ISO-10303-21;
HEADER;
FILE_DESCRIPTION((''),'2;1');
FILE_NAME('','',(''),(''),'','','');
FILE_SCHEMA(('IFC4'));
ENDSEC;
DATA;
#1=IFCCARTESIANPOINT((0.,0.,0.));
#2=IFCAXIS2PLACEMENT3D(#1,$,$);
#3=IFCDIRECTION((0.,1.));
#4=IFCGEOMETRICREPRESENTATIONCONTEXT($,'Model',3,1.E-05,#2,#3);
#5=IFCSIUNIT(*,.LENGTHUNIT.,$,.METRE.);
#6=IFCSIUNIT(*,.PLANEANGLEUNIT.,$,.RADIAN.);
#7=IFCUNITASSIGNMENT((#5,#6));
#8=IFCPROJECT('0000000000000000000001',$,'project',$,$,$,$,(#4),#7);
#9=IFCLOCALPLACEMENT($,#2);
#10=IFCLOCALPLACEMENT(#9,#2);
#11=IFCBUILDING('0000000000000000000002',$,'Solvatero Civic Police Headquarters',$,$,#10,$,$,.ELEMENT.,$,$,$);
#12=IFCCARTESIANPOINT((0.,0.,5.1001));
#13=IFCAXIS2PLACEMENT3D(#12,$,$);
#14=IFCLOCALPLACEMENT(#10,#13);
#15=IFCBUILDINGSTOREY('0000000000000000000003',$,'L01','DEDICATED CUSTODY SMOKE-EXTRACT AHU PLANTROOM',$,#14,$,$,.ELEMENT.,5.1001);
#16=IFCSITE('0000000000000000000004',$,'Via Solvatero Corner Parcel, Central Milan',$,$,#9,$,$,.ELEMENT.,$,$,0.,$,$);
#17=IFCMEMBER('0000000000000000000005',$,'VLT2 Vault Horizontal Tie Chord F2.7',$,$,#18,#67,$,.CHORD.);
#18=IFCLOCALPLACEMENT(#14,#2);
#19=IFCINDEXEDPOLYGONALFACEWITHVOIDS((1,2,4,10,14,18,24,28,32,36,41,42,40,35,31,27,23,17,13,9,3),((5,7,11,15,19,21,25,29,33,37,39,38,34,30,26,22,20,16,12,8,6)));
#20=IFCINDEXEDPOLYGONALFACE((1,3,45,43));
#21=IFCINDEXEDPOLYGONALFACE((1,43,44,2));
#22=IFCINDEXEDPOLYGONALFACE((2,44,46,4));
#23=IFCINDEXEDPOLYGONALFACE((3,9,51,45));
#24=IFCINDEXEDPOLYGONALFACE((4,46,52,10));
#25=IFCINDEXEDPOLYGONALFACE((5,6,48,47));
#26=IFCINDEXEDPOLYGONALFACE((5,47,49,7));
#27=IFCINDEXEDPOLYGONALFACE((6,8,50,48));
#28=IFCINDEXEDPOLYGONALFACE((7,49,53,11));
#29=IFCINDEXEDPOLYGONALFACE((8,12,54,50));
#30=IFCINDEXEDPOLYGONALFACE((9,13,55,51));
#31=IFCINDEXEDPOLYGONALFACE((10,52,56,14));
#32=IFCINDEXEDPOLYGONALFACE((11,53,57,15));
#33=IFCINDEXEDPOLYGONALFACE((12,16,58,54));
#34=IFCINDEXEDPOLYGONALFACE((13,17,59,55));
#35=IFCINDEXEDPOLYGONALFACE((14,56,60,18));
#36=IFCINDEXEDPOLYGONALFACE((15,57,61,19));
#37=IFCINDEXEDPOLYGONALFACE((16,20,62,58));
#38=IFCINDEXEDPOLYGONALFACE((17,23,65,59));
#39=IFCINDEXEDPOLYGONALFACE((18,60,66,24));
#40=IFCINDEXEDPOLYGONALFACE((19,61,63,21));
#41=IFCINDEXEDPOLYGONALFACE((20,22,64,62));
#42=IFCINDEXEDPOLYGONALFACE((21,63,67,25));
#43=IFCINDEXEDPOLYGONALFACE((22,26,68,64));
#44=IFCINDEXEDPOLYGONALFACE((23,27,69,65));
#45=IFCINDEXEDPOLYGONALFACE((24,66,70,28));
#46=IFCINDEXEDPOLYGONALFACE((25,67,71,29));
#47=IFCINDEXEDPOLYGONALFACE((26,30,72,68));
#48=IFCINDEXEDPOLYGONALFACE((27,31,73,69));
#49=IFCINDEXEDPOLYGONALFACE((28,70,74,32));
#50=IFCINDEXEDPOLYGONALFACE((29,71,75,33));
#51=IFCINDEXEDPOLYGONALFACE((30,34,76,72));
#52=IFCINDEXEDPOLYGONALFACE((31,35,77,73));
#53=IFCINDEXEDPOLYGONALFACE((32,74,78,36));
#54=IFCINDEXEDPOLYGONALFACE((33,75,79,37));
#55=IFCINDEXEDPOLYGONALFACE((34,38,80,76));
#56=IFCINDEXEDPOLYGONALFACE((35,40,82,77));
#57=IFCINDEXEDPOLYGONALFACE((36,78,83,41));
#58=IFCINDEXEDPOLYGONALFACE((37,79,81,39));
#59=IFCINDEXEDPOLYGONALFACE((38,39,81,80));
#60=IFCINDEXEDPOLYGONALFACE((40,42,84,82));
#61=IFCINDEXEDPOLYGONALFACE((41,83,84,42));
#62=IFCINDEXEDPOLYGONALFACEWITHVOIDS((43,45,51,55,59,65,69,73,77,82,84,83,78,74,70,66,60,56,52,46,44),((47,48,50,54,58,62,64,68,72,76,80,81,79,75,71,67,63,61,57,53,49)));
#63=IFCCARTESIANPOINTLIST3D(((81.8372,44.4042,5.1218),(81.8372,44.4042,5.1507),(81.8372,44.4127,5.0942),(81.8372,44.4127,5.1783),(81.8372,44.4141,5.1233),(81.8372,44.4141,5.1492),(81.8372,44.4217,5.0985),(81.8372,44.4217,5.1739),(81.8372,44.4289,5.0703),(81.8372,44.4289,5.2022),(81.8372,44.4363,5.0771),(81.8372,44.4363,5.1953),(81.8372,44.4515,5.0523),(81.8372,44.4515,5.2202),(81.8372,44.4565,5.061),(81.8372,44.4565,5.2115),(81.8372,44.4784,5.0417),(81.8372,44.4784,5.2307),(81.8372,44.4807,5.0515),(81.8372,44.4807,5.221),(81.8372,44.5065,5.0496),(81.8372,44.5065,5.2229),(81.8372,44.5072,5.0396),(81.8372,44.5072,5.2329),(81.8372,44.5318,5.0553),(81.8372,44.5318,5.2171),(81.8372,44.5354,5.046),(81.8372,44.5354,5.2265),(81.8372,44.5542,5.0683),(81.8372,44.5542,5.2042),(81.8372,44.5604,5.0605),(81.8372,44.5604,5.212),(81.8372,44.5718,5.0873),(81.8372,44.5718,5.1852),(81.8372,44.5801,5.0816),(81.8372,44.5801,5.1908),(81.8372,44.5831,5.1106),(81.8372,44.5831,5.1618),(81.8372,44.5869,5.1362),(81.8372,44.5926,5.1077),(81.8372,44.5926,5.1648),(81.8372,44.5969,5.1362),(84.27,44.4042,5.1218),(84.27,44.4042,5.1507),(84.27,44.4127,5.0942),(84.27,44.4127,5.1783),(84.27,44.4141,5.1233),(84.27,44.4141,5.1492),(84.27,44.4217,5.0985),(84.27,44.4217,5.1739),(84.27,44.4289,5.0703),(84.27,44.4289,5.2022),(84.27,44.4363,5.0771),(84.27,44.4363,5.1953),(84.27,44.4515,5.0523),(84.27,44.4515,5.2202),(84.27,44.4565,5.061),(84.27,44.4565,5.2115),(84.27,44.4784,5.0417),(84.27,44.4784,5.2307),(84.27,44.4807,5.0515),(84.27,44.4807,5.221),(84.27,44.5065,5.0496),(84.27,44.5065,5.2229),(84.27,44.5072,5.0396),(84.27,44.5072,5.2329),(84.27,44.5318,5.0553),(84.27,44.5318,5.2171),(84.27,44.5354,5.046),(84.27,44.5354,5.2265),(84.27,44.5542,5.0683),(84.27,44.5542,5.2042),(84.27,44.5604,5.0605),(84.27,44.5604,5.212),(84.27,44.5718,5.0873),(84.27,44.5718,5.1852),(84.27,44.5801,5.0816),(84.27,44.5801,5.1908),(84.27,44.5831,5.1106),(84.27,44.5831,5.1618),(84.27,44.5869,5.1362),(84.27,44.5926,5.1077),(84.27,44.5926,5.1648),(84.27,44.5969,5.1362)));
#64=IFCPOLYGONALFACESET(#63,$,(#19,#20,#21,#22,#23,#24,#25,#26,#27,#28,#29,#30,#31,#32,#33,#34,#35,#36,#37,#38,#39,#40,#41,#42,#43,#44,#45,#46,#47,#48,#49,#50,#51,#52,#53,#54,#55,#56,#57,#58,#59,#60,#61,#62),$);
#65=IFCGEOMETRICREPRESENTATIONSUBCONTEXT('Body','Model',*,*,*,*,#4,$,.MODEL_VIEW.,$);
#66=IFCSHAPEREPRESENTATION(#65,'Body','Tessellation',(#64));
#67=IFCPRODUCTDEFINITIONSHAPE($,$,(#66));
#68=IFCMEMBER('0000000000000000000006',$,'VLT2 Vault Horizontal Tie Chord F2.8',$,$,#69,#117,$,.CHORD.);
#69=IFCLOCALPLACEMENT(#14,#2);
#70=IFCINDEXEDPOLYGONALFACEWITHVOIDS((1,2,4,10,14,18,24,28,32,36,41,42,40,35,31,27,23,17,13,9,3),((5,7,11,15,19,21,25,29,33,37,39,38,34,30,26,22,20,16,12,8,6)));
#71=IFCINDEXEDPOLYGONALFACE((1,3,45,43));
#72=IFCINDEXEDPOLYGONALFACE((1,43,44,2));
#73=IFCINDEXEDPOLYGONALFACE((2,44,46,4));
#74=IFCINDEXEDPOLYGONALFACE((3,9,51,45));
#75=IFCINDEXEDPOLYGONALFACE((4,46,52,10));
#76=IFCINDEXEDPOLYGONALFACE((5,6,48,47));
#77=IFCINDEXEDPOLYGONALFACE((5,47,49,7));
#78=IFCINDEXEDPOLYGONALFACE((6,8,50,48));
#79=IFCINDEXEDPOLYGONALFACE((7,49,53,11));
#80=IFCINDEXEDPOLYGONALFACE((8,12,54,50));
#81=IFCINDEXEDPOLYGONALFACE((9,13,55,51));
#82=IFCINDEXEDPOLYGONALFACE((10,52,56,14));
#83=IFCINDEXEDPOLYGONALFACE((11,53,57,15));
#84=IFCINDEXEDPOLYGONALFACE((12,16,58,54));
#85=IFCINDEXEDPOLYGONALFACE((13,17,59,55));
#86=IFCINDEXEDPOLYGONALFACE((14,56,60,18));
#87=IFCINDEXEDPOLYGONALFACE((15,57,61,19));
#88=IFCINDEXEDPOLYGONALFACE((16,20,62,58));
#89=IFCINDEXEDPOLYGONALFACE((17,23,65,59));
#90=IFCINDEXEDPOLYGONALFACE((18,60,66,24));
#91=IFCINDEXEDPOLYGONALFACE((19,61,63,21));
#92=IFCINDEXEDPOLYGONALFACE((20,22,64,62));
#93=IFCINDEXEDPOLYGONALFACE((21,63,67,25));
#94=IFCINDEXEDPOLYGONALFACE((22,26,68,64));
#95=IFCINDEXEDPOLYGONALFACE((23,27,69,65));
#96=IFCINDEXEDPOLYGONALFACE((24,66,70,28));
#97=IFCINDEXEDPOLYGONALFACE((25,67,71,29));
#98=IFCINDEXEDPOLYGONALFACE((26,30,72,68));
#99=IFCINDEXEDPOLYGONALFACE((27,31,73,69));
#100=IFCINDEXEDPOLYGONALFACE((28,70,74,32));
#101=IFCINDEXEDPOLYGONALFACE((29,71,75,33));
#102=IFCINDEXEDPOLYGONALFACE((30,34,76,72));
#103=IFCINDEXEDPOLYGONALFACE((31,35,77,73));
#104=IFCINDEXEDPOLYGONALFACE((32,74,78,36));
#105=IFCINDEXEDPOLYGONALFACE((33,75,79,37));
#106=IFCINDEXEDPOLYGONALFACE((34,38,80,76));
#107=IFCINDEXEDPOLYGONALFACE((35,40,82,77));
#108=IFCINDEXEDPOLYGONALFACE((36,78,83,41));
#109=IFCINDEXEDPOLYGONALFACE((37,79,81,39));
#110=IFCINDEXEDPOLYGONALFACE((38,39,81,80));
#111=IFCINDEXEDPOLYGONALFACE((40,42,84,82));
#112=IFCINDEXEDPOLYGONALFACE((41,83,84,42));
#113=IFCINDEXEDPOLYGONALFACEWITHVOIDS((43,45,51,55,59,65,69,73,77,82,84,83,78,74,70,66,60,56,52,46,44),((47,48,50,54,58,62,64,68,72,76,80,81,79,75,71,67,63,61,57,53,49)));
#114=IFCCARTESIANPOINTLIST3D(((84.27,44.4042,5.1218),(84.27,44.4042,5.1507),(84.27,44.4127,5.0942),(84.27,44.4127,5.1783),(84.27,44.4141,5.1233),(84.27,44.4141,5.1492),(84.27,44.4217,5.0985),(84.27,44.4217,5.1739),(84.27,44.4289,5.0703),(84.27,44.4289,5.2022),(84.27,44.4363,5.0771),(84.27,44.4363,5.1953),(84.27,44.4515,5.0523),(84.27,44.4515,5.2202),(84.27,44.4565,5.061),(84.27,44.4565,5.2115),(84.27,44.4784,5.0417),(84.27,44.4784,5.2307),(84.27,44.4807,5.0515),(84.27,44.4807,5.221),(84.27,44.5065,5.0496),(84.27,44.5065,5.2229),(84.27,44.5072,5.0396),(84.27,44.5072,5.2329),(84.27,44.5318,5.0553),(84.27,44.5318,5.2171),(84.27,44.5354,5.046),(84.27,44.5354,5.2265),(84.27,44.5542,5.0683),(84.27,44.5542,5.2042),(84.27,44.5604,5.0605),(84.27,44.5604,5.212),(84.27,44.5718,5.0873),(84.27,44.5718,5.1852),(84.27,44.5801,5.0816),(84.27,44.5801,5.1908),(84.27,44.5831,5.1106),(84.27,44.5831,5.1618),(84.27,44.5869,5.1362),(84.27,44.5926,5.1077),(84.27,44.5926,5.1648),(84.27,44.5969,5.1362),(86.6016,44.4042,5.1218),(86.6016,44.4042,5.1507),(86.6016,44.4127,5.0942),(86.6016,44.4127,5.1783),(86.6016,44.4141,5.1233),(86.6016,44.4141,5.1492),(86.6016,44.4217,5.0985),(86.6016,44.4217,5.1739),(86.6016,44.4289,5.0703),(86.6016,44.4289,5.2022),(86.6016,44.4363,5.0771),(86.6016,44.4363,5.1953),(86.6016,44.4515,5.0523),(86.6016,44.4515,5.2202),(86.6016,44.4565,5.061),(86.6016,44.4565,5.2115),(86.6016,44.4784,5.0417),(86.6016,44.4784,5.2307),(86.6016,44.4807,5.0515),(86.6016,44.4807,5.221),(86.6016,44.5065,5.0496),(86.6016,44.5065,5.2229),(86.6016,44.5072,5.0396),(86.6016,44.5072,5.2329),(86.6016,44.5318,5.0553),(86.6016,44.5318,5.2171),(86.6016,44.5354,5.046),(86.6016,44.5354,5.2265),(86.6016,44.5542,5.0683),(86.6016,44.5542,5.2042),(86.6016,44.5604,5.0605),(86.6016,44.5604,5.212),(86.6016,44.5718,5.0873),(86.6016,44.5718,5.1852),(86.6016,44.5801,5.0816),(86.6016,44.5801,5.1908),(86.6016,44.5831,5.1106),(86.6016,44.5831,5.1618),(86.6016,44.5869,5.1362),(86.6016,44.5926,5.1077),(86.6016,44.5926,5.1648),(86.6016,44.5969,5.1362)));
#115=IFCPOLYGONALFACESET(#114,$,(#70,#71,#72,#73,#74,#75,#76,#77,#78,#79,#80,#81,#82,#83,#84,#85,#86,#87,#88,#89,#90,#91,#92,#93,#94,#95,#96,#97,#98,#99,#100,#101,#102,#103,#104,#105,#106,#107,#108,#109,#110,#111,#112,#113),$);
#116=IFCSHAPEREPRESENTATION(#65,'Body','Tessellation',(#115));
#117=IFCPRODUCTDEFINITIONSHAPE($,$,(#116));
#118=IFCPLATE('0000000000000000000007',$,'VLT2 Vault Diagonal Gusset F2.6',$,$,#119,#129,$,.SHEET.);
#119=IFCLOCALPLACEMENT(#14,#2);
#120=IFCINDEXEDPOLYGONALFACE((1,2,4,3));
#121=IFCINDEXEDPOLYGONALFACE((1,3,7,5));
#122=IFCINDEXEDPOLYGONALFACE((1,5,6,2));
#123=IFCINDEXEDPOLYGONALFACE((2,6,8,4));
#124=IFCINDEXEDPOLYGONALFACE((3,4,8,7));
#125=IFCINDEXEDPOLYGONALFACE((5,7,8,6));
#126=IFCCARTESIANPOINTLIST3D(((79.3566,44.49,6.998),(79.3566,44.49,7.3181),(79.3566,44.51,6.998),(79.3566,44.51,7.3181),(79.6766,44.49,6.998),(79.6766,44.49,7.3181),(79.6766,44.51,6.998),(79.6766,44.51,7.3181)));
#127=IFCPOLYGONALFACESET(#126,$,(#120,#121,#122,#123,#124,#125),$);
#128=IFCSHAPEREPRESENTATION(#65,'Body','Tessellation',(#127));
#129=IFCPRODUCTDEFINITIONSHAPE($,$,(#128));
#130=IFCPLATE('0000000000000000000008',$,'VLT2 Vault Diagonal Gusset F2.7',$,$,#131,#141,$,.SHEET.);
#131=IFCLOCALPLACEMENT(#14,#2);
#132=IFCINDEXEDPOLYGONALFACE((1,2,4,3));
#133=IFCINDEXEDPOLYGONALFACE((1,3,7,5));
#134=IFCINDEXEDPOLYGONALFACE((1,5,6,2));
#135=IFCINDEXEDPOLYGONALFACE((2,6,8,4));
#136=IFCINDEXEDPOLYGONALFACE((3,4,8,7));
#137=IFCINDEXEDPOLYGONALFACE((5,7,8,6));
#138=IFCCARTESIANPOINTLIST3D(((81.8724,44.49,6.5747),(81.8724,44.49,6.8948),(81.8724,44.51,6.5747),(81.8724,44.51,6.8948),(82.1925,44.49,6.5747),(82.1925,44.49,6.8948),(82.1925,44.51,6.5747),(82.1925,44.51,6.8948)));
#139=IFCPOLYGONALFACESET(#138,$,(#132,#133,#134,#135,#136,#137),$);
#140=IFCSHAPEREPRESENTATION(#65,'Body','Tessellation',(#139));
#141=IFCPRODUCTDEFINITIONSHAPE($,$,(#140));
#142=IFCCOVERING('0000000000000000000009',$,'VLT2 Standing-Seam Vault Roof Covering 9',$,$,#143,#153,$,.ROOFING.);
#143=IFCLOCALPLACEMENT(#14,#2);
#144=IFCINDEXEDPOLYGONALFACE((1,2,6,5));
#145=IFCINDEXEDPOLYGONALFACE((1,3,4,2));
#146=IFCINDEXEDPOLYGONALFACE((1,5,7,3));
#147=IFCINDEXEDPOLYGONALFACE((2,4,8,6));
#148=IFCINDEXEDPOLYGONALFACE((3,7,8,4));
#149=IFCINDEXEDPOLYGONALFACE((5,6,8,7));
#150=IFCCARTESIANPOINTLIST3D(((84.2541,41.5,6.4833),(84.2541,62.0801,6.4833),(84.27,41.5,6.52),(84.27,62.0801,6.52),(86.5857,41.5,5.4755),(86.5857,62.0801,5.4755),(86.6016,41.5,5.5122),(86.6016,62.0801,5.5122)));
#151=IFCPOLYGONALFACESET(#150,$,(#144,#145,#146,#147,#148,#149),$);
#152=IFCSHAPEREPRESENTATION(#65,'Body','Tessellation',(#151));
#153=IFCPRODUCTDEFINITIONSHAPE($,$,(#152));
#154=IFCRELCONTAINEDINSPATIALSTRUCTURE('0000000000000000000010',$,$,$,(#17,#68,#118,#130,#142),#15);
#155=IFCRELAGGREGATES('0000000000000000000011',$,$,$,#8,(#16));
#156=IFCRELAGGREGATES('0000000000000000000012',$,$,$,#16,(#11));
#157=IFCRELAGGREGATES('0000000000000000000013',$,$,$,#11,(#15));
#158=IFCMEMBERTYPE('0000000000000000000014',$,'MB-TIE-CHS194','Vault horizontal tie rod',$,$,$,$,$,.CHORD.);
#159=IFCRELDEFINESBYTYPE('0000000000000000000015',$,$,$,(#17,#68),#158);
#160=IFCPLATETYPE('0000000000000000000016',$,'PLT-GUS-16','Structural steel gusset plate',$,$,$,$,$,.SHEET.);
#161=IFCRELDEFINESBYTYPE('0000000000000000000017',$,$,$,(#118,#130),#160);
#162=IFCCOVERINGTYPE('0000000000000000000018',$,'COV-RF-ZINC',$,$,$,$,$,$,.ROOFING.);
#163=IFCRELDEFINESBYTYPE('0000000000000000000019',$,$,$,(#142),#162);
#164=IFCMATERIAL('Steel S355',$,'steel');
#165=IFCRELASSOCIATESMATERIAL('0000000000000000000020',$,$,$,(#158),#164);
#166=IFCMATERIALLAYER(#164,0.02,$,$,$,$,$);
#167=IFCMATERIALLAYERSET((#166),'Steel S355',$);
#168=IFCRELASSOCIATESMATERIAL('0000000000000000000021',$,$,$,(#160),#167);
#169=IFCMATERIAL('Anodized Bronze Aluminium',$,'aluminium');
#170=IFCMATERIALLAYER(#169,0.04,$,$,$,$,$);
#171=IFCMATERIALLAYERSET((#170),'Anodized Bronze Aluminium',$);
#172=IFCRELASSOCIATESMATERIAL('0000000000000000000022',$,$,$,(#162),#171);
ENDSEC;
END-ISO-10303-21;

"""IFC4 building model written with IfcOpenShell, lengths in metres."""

from ifc_helpers import new_model, si_unit, direction, frame, origin, origin_2d, place, context, subcontext, project, spatial, polyline, rectangle, hollow_circle, outline, extrude, material, layer, layer_set, material_profile, profile_set, type_object, element, save


model = new_model("IFC4")

# Units and contexts
model_context = context("Model", 3, precision=1e-05, world=origin(), true_north=direction((0.0, 1.0)))
body_context = subcontext(model_context, "Body", "Model", "MODEL_VIEW")
ifc_project = project(units=[si_unit("LENGTHUNIT", "METRE"), si_unit("PLANEANGLEUNIT", "RADIAN")], contexts=[model_context])

# Site, building, storey
site_placement = place(None, origin())
site = spatial("IfcSite", under=ifc_project, at=site_placement, Name="Via Solvatero Corner Parcel, Central Milan", CompositionType="ELEMENT", RefElevation=0.0)
building_placement = place(site_placement, origin())
building = spatial("IfcBuilding", under=site, at=building_placement, Name="Solvatero Civic Police Headquarters", CompositionType="ELEMENT")
storey_placement = place(building_placement, frame((0.0, 0.0, 5.1001)))
storey = spatial("IfcBuildingStorey", under=building, at=storey_placement, Name="L01", Description="DEDICATED CUSTODY SMOKE-EXTRACT AHU PLANTROOM", CompositionType="ELEMENT", Elevation=5.1001)

# Shared definitions
ifc_material_1 = material(Name="Steel S355", Category="steel")

# Members
ifc_material_profile_1 = material_profile(ifc_material_1, hollow_circle(Radius=0.0969, WallThickness=0.01, at=origin_2d()), Name="CHS 193.7x10.0")
ifc_profile_set_1 = profile_set([ifc_material_profile_1], Name="Steel S355")
member_type_1 = type_object("IfcMemberType", Name="MB-TIE-CHS194", Description="Vault horizontal tie rod", PredefinedType="CHORD", material=ifc_profile_set_1)
member_1_placement = place(storey_placement, frame((81.8372, 44.5, 5.1362), z_axis=(1.0, 0.0, 0.0), x_axis=(0.0, 1.0, 0.0)))
element("IfcMember", 1, at=member_1_placement, inside=storey, type_object=member_type_1, Name="VLT2 Vault Horizontal Tie Chord F2.7", PredefinedType="CHORD", context=body_context, shape_type="SweptSolid", body=[
    extrude(hollow_circle(Radius=0.0969, WallThickness=0.01, at=origin_2d()), origin(), (0.0, 0.0, 1.0), 2.4329),
])
member_2_placement = place(storey_placement, frame((84.27, 44.5, 5.1362), z_axis=(1.0, 0.0, 0.0), x_axis=(0.0, 1.0, 0.0)))
element("IfcMember", 2, at=member_2_placement, inside=storey, type_object=member_type_1, Name="VLT2 Vault Horizontal Tie Chord F2.8", PredefinedType="CHORD", context=body_context, shape_type="SweptSolid", body=[
    extrude(hollow_circle(Radius=0.0969, WallThickness=0.01, at=origin_2d()), origin(), (0.0, 0.0, 1.0), 2.3315),
])

# Plates
ifc_layer_1 = layer(ifc_material_1, 0.02)
ifc_layer_set_1 = layer_set([ifc_layer_1], Name="Steel S355")
plate_type = type_object("IfcPlateType", Name="PLT-GUS-16", Description="Structural steel gusset plate", PredefinedType="SHEET", material=ifc_layer_set_1)
for number, where, z_axis, x_axis, name in (
    (3, (79.5166, 44.5, 6.998), (0.0, 0.0, 1.0), (1.0, 0.0, 0.0), "VLT2 Vault Diagonal Gusset F2.6"),
    (4, (82.0325, 44.5, 6.5747), (0.0, 0.0, 1.0), (1.0, 0.0, 0.0), "VLT2 Vault Diagonal Gusset F2.7"),
):
    element("IfcPlate", number, at=place(storey_placement, frame(where, z_axis=z_axis, x_axis=x_axis)), inside=storey, type_object=plate_type, Name=name, PredefinedType="SHEET", context=body_context, shape_type="SweptSolid", body=[
        extrude(rectangle(XDim=0.3201, YDim=0.02, at=origin_2d()), origin(), (0.0, 0.0, 1.0), 0.3201),
    ])

# Covering
ifc_material_2 = material(Name="Anodized Bronze Aluminium", Category="aluminium")
ifc_layer_2 = layer(ifc_material_2, 0.04)
ifc_layer_set_2 = layer_set([ifc_layer_2], Name="Anodized Bronze Aluminium")
covering_type = type_object("IfcCoveringType", Name="COV-RF-ZINC", PredefinedType="ROOFING", material=ifc_layer_set_2)
covering_placement = place(storey_placement, frame((84.27, 41.5, 6.52), z_axis=(0.396771, 0.0, 0.917918), x_axis=(0.917918, 0.0, -0.396771)))
element("IfcCovering", 5, at=covering_placement, inside=storey, type_object=covering_type, Name="VLT2 Standing-Seam Vault Roof Covering 9", PredefinedType="ROOFING", context=body_context, shape_type="SweptSolid", body=[
    extrude(outline(polyline([(0.0, 0.0), (2.54, 0.0), (2.54, 20.5801), (0.0, 20.5801), (0.0, 0.0)])), origin(), (0.0, 0.0, -1.0), 0.04),
])

save(model, "model.ifc")
